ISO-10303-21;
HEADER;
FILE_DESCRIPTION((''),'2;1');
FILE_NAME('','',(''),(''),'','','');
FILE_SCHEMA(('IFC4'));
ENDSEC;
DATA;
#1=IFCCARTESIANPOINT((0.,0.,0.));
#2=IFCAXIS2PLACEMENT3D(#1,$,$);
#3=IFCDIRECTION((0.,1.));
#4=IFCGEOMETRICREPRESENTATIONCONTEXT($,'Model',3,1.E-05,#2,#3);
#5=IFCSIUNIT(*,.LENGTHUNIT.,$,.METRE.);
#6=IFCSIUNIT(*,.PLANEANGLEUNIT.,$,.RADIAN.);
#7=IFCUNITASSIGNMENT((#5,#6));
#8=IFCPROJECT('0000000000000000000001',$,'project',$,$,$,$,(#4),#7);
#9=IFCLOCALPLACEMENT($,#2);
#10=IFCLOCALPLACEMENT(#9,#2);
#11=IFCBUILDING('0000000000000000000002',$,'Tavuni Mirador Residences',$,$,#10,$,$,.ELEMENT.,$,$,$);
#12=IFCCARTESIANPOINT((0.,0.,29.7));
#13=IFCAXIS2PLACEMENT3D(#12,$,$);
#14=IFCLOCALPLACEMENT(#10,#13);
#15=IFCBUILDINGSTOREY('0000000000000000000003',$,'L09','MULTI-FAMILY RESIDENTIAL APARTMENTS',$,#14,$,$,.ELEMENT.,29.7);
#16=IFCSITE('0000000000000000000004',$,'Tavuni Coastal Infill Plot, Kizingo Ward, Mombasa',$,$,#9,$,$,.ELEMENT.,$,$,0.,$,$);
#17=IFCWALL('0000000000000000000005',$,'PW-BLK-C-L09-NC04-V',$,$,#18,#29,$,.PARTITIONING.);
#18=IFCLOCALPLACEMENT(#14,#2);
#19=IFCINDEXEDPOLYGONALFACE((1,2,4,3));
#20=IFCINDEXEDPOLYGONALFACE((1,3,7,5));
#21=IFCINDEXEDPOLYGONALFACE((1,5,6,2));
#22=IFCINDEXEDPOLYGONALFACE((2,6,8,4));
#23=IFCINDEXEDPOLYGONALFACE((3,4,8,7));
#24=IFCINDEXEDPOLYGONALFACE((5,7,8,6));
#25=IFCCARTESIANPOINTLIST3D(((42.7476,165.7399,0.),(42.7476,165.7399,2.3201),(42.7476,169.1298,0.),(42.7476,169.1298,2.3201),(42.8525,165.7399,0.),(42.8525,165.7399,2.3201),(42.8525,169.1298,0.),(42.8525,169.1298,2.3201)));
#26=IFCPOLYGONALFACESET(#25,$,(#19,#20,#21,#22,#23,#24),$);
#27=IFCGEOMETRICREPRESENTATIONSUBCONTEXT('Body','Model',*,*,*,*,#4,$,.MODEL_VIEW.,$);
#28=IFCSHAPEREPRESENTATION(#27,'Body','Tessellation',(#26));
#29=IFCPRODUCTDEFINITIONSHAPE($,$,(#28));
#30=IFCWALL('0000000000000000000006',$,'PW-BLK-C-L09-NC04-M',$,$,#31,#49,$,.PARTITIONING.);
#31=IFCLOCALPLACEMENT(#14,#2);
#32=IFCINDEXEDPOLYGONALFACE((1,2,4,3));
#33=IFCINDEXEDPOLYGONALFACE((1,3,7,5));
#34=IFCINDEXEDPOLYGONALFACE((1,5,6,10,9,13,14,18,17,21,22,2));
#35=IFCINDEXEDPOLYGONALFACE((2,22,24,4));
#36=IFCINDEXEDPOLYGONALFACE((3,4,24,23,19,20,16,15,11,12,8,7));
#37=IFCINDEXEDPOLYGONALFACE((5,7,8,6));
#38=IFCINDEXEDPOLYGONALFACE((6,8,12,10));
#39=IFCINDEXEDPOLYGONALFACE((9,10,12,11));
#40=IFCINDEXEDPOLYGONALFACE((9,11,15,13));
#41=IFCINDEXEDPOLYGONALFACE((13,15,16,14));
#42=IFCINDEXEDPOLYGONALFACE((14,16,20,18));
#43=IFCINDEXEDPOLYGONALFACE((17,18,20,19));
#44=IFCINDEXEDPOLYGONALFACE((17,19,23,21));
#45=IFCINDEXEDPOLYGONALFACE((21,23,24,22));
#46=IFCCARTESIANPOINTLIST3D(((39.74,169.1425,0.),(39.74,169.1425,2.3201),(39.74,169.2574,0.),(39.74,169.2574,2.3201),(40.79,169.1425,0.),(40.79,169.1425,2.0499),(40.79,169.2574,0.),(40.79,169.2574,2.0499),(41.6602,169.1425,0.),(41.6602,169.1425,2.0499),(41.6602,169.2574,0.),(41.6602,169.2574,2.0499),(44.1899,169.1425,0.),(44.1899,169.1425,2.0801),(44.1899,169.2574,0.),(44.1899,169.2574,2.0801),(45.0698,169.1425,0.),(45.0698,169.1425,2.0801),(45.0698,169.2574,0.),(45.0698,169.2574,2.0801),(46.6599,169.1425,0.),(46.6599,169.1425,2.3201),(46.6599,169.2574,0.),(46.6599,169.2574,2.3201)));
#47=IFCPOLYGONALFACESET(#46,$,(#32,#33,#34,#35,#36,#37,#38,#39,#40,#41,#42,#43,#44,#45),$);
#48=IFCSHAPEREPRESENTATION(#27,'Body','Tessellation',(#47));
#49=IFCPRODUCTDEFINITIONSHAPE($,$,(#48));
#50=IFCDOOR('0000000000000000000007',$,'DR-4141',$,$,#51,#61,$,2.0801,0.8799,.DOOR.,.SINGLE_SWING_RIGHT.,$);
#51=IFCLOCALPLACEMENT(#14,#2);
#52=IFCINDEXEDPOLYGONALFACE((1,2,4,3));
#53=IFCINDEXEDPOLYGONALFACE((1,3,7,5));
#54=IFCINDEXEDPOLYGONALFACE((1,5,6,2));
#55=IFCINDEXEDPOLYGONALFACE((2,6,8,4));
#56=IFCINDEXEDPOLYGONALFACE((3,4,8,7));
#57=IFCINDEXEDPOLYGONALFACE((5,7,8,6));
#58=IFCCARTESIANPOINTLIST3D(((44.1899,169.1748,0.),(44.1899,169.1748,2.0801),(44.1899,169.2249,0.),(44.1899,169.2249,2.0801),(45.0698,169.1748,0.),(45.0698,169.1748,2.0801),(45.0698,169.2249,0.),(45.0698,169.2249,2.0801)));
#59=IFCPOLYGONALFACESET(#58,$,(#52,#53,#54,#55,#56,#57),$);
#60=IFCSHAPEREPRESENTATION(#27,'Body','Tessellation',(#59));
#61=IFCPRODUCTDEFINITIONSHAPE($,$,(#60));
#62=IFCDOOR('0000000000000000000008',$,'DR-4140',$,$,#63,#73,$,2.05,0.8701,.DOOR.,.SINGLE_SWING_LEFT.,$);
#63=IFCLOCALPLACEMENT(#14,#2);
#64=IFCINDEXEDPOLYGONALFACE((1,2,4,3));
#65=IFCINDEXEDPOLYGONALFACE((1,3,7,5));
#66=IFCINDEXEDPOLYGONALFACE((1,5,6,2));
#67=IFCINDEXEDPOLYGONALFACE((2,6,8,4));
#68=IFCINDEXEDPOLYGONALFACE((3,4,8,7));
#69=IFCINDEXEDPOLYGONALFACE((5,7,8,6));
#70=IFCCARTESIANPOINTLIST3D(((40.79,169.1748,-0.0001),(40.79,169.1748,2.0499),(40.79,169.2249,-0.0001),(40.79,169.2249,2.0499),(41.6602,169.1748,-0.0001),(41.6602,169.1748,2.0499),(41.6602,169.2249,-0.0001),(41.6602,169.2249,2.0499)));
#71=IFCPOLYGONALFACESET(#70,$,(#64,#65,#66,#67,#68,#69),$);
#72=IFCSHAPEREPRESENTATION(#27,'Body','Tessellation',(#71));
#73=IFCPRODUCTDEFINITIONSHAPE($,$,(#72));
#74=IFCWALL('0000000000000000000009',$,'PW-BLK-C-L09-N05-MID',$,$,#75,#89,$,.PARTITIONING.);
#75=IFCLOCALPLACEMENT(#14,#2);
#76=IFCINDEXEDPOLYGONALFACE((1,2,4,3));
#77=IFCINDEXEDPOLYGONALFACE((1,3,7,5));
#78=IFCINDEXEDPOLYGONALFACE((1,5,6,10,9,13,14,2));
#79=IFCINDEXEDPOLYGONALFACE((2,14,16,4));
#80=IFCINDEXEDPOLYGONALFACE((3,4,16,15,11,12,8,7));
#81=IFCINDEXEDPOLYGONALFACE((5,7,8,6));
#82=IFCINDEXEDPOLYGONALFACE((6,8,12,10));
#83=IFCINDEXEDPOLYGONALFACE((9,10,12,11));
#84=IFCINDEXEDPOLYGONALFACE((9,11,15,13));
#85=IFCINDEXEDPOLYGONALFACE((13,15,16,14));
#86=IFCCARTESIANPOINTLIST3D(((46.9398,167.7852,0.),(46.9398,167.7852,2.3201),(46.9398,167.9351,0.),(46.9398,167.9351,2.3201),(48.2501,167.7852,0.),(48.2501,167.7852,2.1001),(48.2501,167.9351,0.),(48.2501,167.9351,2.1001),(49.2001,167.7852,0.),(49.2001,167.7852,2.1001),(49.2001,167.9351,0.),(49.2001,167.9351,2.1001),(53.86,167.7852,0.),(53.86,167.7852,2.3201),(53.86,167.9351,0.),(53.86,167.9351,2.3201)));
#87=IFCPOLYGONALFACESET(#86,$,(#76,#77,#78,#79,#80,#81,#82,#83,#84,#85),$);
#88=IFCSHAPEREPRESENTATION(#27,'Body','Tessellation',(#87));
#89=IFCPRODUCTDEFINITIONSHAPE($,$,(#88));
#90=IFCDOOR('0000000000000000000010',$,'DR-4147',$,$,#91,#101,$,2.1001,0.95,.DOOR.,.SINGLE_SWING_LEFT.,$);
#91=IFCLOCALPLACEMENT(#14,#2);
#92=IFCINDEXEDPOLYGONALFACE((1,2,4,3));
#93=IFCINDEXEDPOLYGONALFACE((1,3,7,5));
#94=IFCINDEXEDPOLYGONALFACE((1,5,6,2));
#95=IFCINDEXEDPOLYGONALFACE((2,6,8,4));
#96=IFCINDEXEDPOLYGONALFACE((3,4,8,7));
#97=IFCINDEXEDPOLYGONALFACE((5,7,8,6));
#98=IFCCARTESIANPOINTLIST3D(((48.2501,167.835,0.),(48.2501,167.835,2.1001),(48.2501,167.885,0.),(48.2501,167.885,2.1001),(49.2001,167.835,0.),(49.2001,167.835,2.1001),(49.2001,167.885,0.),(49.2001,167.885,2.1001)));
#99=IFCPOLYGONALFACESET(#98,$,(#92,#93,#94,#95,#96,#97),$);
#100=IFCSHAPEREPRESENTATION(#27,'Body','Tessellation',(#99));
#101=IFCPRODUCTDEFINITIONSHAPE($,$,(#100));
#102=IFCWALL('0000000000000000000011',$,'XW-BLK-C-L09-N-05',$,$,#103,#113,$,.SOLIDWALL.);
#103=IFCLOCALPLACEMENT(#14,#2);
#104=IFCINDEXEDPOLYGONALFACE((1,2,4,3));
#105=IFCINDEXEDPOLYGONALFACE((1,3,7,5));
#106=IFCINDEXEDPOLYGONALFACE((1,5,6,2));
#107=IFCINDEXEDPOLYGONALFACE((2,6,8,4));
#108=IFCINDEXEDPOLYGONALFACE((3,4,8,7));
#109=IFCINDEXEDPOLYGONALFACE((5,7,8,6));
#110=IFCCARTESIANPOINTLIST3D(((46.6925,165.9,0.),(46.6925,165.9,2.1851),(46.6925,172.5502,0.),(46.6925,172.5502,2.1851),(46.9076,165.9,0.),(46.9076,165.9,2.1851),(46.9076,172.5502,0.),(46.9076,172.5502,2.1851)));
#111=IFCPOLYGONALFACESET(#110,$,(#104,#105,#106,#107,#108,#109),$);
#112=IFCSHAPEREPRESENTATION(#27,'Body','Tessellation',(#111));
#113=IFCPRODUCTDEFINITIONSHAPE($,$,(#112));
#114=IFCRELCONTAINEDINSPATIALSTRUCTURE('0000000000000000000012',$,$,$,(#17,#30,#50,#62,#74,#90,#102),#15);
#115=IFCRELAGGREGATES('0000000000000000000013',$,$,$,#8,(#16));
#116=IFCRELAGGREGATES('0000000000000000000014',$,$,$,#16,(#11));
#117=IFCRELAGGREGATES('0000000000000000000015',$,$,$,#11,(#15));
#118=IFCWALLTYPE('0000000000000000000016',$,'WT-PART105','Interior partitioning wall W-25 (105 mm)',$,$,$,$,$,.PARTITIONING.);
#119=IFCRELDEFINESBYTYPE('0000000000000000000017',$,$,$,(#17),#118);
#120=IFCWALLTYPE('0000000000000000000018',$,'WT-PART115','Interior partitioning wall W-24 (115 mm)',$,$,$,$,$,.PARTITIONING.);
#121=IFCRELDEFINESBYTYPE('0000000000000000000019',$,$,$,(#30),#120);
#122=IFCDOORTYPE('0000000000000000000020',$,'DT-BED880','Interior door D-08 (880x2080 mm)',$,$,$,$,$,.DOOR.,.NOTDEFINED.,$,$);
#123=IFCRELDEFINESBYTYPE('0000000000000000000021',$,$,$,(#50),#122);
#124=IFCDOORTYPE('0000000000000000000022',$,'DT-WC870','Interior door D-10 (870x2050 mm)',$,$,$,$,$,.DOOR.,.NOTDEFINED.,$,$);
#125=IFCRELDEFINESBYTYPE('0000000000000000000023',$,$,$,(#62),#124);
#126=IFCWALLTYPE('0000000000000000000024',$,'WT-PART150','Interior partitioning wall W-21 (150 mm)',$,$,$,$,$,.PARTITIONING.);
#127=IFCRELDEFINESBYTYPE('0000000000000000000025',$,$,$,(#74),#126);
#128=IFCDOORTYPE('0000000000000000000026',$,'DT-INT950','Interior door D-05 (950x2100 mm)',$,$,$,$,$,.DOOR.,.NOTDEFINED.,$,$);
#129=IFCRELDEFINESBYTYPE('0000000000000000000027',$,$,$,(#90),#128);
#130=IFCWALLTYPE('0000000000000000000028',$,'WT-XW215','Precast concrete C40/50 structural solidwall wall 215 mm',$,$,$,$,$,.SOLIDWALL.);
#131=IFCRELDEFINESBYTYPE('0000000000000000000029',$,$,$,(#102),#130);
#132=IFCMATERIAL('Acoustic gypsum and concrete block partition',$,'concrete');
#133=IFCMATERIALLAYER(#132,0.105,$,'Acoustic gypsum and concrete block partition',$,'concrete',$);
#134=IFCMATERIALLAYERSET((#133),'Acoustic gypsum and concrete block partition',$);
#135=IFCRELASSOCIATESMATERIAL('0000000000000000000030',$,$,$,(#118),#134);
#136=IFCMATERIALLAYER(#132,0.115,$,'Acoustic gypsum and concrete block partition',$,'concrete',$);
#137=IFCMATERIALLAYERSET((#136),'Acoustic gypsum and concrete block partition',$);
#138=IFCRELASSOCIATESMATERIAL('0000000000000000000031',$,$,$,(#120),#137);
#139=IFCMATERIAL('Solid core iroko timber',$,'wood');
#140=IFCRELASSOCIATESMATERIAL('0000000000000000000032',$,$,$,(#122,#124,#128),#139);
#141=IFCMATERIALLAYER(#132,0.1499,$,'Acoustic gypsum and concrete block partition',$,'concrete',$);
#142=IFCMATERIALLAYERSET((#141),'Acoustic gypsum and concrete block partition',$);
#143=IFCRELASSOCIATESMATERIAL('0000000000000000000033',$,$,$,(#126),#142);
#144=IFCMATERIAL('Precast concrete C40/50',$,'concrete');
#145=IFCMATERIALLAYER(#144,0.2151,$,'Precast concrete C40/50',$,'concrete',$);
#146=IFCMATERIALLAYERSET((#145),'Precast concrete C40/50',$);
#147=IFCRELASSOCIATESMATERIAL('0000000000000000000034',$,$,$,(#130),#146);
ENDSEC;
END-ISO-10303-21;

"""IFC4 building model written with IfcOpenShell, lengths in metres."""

from ifc_helpers import new_model, si_unit, direction, frame, frame_2d, origin, place, context, subcontext, project, spatial, rectangle, extrude, material, layer, layer_set, type_object, element, fill, save


model = new_model("IFC4")

# Units and contexts
model_context = context("Model", 3, precision=1e-05, world=origin(), true_north=direction((0.0, 1.0)))
body_context = subcontext(model_context, "Body", "Model", "MODEL_VIEW")
ifc_project = project(units=[si_unit("LENGTHUNIT", "METRE"), si_unit("PLANEANGLEUNIT", "RADIAN")], contexts=[model_context])

# Site, building, storey
site_placement = place(None, origin())
site = spatial("IfcSite", under=ifc_project, at=site_placement, Name="Tavuni Coastal Infill Plot, Kizingo Ward, Mombasa", CompositionType="ELEMENT", RefElevation=0.0)
building_placement = place(site_placement, origin())
building = spatial("IfcBuilding", under=site, at=building_placement, Name="Tavuni Mirador Residences", CompositionType="ELEMENT")
storey_placement = place(building_placement, frame((0.0, 0.0, 29.7)))
storey = spatial("IfcBuildingStorey", under=building, at=storey_placement, Name="L09", Description="MULTI-FAMILY RESIDENTIAL APARTMENTS", CompositionType="ELEMENT", Elevation=29.7)

# Shared definitions
ifc_material_1 = material(Name="Precast concrete C40/50", Category="concrete")

# Wall
ifc_material_2 = material(Name="Acoustic gypsum and concrete block partition", Category="concrete")
ifc_layer_1 = layer(ifc_material_2, 0.105, Name="Acoustic gypsum and concrete block partition", Category="concrete")
ifc_layer_set_1 = layer_set([ifc_layer_1], Name="Acoustic gypsum and concrete block partition")
wall_type_1 = type_object("IfcWallType", Name="WT-PART105", Description="Interior partitioning wall W-25 (105 mm)", PredefinedType="PARTITIONING", material=ifc_layer_set_1)
wall_1_placement = place(storey_placement, frame((42.8, 165.74, 0.0), z_axis=(0.0, 0.0, 1.0), x_axis=(0.0, 1.0, 0.0)))
element("IfcWall", 1, at=wall_1_placement, inside=storey, type_object=wall_type_1, Name="PW-BLK-C-L09-NC04-V", PredefinedType="PARTITIONING", context=body_context, shape_type="SweptSolid", body=[
    extrude(rectangle(XDim=3.3899, YDim=0.105, at=frame_2d((1.6948, 0.0))), origin(), (0.0, 0.0, 1.0), 2.3201),
])

# Wall, openings, doors
ifc_layer_2 = layer(ifc_material_2, 0.115, Name="Acoustic gypsum and concrete block partition", Category="concrete")
ifc_layer_set_2 = layer_set([ifc_layer_2], Name="Acoustic gypsum and concrete block partition")
wall_type_2 = type_object("IfcWallType", Name="WT-PART115", Description="Interior partitioning wall W-24 (115 mm)", PredefinedType="PARTITIONING", material=ifc_layer_set_2)
wall_2_placement = place(storey_placement, frame((39.74, 169.2, 0.0), z_axis=(0.0, 0.0, 1.0), x_axis=(1.0, 0.0, 0.0)))
wall_2 = element("IfcWall", 2, at=wall_2_placement, inside=storey, type_object=wall_type_2, Name="PW-BLK-C-L09-NC04-M", PredefinedType="PARTITIONING", context=body_context, shape_type="SweptSolid", body=[
    extrude(rectangle(XDim=6.9199, YDim=0.115, at=frame_2d((3.46, 0.0))), origin(), (0.0, 0.0, 1.0), 2.3201),
])
opening_1_placement = place(wall_2_placement, frame((1.05, 0.0, 0.0)))
opening_1 = element("IfcOpeningElement", 3, at=opening_1_placement, cuts=wall_2, PredefinedType="OPENING", context=body_context, shape_type="SweptSolid", body=[
    extrude(rectangle(XDim=0.8701, YDim=2.05, at=frame_2d((0.4351, 1.0249))), frame((0.0, 0.0674, 0.0), z_axis=(0.0, -1.0, 0.0), x_axis=(1.0, 0.0, 0.0)), (0.0, 0.0, 1.0), 0.135),
])
opening_2_placement = place(wall_2_placement, frame((4.45, 0.0, 0.0)))
opening_2 = element("IfcOpeningElement", 4, at=opening_2_placement, cuts=wall_2, PredefinedType="OPENING", context=body_context, shape_type="SweptSolid", body=[
    extrude(rectangle(XDim=0.8799, YDim=2.0801, at=frame_2d((0.4399, 1.04))), frame((0.0, 0.0674, 0.0), z_axis=(0.0, -1.0, 0.0), x_axis=(1.0, 0.0, 0.0)), (0.0, 0.0, 1.0), 0.135),
])
ifc_material_3 = material(Name="Solid core iroko timber", Category="wood")
door_type_1 = type_object("IfcDoorType", Name="DT-BED880", Description="Interior door D-08 (880x2080 mm)", OperationType="NOTDEFINED", PredefinedType="DOOR", material=ifc_material_3)
door_1_placement = place(opening_2_placement, origin())
door_1 = element("IfcDoor", 5, at=door_1_placement, inside=storey, type_object=door_type_1, Name="DR-4141", OperationType="SINGLE_SWING_RIGHT", OverallHeight=2.0801, OverallWidth=0.8799, PredefinedType="DOOR", context=body_context, shape_type="SweptSolid", body=[
    extrude(rectangle(XDim=0.8799, YDim=2.0801, at=frame_2d((0.4399, 1.04))), frame((0.0, 0.0249, 0.0), z_axis=(0.0, -1.0, 0.0), x_axis=(1.0, 0.0, 0.0)), (0.0, 0.0, 1.0), 0.05),
])
fill(opening_2, door_1)
door_type_2 = type_object("IfcDoorType", Name="DT-WC870", Description="Interior door D-10 (870x2050 mm)", OperationType="NOTDEFINED", PredefinedType="DOOR", material=ifc_material_3)
door_2_placement = place(opening_1_placement, origin())
door_2 = element("IfcDoor", 6, at=door_2_placement, inside=storey, type_object=door_type_2, Name="DR-4140", OperationType="SINGLE_SWING_LEFT", OverallHeight=2.05, OverallWidth=0.8701, PredefinedType="DOOR", context=body_context, shape_type="SweptSolid", body=[
    extrude(rectangle(XDim=0.8701, YDim=2.05, at=frame_2d((0.4351, 1.0249))), frame((0.0, 0.0249, 0.0), z_axis=(0.0, -1.0, 0.0), x_axis=(1.0, 0.0, 0.0)), (0.0, 0.0, 1.0), 0.05),
])
fill(opening_1, door_2)

# Wall, opening, door
ifc_layer_3 = layer(ifc_material_2, 0.1499, Name="Acoustic gypsum and concrete block partition", Category="concrete")
ifc_layer_set_3 = layer_set([ifc_layer_3], Name="Acoustic gypsum and concrete block partition")
wall_type_3 = type_object("IfcWallType", Name="WT-PART150", Description="Interior partitioning wall W-21 (150 mm)", PredefinedType="PARTITIONING", material=ifc_layer_set_3)
wall_3_placement = place(storey_placement, frame((46.9399, 167.8601, 0.0), z_axis=(0.0, 0.0, 1.0), x_axis=(1.0, 0.0, 0.0)))
wall_3 = element("IfcWall", 7, at=wall_3_placement, inside=storey, type_object=wall_type_3, Name="PW-BLK-C-L09-N05-MID", PredefinedType="PARTITIONING", context=body_context, shape_type="SweptSolid", body=[
    extrude(rectangle(XDim=6.9202, YDim=0.1499, at=frame_2d((3.46, 0.0))), origin(), (0.0, 0.0, 1.0), 2.3201),
])
opening_3_placement = place(wall_3_placement, frame((1.3101, 0.0, 0.0)))
opening_3 = element("IfcOpeningElement", 8, at=opening_3_placement, cuts=wall_3, PredefinedType="OPENING", context=body_context, shape_type="SweptSolid", body=[
    extrude(rectangle(XDim=0.95, YDim=2.1001, at=frame_2d((0.4751, 1.05))), frame((0.0, 0.085, 0.0), z_axis=(0.0, -1.0, 0.0), x_axis=(1.0, 0.0, 0.0)), (0.0, 0.0, 1.0), 0.1699),
])
door_type_3 = type_object("IfcDoorType", Name="DT-INT950", Description="Interior door D-05 (950x2100 mm)", OperationType="NOTDEFINED", PredefinedType="DOOR", material=ifc_material_3)
door_3_placement = place(opening_3_placement, origin())
door_3 = element("IfcDoor", 9, at=door_3_placement, inside=storey, type_object=door_type_3, Name="DR-4147", OperationType="SINGLE_SWING_LEFT", OverallHeight=2.1001, OverallWidth=0.95, PredefinedType="DOOR", context=body_context, shape_type="SweptSolid", body=[
    extrude(rectangle(XDim=0.95, YDim=2.1001, at=frame_2d((0.4751, 1.05))), frame((0.0, 0.0249, 0.0), z_axis=(0.0, -1.0, 0.0), x_axis=(1.0, 0.0, 0.0)), (0.0, 0.0, 1.0), 0.05),
])
fill(opening_3, door_3)
ifc_layer_4 = layer(ifc_material_1, 0.2151, Name="Precast concrete C40/50", Category="concrete")
ifc_layer_set_4 = layer_set([ifc_layer_4], Name="Precast concrete C40/50")
wall_type_4 = type_object("IfcWallType", Name="WT-XW215", Description="Precast concrete C40/50 structural solidwall wall 215 mm", PredefinedType="SOLIDWALL", material=ifc_layer_set_4)

# Wall
wall_4_placement = place(storey_placement, frame((46.8, 165.8999, 0.0), z_axis=(0.0, 0.0, 1.0), x_axis=(0.0, 1.0, 0.0)))
element("IfcWall", 10, at=wall_4_placement, inside=storey, type_object=wall_type_4, Name="XW-BLK-C-L09-N-05", PredefinedType="SOLIDWALL", context=body_context, shape_type="SweptSolid", body=[
    extrude(rectangle(XDim=6.6501, YDim=0.2151, at=frame_2d((3.3252, 0.0))), origin(), (0.0, 0.0, 1.0), 2.1851),
])

save(model, "model.ifc")
